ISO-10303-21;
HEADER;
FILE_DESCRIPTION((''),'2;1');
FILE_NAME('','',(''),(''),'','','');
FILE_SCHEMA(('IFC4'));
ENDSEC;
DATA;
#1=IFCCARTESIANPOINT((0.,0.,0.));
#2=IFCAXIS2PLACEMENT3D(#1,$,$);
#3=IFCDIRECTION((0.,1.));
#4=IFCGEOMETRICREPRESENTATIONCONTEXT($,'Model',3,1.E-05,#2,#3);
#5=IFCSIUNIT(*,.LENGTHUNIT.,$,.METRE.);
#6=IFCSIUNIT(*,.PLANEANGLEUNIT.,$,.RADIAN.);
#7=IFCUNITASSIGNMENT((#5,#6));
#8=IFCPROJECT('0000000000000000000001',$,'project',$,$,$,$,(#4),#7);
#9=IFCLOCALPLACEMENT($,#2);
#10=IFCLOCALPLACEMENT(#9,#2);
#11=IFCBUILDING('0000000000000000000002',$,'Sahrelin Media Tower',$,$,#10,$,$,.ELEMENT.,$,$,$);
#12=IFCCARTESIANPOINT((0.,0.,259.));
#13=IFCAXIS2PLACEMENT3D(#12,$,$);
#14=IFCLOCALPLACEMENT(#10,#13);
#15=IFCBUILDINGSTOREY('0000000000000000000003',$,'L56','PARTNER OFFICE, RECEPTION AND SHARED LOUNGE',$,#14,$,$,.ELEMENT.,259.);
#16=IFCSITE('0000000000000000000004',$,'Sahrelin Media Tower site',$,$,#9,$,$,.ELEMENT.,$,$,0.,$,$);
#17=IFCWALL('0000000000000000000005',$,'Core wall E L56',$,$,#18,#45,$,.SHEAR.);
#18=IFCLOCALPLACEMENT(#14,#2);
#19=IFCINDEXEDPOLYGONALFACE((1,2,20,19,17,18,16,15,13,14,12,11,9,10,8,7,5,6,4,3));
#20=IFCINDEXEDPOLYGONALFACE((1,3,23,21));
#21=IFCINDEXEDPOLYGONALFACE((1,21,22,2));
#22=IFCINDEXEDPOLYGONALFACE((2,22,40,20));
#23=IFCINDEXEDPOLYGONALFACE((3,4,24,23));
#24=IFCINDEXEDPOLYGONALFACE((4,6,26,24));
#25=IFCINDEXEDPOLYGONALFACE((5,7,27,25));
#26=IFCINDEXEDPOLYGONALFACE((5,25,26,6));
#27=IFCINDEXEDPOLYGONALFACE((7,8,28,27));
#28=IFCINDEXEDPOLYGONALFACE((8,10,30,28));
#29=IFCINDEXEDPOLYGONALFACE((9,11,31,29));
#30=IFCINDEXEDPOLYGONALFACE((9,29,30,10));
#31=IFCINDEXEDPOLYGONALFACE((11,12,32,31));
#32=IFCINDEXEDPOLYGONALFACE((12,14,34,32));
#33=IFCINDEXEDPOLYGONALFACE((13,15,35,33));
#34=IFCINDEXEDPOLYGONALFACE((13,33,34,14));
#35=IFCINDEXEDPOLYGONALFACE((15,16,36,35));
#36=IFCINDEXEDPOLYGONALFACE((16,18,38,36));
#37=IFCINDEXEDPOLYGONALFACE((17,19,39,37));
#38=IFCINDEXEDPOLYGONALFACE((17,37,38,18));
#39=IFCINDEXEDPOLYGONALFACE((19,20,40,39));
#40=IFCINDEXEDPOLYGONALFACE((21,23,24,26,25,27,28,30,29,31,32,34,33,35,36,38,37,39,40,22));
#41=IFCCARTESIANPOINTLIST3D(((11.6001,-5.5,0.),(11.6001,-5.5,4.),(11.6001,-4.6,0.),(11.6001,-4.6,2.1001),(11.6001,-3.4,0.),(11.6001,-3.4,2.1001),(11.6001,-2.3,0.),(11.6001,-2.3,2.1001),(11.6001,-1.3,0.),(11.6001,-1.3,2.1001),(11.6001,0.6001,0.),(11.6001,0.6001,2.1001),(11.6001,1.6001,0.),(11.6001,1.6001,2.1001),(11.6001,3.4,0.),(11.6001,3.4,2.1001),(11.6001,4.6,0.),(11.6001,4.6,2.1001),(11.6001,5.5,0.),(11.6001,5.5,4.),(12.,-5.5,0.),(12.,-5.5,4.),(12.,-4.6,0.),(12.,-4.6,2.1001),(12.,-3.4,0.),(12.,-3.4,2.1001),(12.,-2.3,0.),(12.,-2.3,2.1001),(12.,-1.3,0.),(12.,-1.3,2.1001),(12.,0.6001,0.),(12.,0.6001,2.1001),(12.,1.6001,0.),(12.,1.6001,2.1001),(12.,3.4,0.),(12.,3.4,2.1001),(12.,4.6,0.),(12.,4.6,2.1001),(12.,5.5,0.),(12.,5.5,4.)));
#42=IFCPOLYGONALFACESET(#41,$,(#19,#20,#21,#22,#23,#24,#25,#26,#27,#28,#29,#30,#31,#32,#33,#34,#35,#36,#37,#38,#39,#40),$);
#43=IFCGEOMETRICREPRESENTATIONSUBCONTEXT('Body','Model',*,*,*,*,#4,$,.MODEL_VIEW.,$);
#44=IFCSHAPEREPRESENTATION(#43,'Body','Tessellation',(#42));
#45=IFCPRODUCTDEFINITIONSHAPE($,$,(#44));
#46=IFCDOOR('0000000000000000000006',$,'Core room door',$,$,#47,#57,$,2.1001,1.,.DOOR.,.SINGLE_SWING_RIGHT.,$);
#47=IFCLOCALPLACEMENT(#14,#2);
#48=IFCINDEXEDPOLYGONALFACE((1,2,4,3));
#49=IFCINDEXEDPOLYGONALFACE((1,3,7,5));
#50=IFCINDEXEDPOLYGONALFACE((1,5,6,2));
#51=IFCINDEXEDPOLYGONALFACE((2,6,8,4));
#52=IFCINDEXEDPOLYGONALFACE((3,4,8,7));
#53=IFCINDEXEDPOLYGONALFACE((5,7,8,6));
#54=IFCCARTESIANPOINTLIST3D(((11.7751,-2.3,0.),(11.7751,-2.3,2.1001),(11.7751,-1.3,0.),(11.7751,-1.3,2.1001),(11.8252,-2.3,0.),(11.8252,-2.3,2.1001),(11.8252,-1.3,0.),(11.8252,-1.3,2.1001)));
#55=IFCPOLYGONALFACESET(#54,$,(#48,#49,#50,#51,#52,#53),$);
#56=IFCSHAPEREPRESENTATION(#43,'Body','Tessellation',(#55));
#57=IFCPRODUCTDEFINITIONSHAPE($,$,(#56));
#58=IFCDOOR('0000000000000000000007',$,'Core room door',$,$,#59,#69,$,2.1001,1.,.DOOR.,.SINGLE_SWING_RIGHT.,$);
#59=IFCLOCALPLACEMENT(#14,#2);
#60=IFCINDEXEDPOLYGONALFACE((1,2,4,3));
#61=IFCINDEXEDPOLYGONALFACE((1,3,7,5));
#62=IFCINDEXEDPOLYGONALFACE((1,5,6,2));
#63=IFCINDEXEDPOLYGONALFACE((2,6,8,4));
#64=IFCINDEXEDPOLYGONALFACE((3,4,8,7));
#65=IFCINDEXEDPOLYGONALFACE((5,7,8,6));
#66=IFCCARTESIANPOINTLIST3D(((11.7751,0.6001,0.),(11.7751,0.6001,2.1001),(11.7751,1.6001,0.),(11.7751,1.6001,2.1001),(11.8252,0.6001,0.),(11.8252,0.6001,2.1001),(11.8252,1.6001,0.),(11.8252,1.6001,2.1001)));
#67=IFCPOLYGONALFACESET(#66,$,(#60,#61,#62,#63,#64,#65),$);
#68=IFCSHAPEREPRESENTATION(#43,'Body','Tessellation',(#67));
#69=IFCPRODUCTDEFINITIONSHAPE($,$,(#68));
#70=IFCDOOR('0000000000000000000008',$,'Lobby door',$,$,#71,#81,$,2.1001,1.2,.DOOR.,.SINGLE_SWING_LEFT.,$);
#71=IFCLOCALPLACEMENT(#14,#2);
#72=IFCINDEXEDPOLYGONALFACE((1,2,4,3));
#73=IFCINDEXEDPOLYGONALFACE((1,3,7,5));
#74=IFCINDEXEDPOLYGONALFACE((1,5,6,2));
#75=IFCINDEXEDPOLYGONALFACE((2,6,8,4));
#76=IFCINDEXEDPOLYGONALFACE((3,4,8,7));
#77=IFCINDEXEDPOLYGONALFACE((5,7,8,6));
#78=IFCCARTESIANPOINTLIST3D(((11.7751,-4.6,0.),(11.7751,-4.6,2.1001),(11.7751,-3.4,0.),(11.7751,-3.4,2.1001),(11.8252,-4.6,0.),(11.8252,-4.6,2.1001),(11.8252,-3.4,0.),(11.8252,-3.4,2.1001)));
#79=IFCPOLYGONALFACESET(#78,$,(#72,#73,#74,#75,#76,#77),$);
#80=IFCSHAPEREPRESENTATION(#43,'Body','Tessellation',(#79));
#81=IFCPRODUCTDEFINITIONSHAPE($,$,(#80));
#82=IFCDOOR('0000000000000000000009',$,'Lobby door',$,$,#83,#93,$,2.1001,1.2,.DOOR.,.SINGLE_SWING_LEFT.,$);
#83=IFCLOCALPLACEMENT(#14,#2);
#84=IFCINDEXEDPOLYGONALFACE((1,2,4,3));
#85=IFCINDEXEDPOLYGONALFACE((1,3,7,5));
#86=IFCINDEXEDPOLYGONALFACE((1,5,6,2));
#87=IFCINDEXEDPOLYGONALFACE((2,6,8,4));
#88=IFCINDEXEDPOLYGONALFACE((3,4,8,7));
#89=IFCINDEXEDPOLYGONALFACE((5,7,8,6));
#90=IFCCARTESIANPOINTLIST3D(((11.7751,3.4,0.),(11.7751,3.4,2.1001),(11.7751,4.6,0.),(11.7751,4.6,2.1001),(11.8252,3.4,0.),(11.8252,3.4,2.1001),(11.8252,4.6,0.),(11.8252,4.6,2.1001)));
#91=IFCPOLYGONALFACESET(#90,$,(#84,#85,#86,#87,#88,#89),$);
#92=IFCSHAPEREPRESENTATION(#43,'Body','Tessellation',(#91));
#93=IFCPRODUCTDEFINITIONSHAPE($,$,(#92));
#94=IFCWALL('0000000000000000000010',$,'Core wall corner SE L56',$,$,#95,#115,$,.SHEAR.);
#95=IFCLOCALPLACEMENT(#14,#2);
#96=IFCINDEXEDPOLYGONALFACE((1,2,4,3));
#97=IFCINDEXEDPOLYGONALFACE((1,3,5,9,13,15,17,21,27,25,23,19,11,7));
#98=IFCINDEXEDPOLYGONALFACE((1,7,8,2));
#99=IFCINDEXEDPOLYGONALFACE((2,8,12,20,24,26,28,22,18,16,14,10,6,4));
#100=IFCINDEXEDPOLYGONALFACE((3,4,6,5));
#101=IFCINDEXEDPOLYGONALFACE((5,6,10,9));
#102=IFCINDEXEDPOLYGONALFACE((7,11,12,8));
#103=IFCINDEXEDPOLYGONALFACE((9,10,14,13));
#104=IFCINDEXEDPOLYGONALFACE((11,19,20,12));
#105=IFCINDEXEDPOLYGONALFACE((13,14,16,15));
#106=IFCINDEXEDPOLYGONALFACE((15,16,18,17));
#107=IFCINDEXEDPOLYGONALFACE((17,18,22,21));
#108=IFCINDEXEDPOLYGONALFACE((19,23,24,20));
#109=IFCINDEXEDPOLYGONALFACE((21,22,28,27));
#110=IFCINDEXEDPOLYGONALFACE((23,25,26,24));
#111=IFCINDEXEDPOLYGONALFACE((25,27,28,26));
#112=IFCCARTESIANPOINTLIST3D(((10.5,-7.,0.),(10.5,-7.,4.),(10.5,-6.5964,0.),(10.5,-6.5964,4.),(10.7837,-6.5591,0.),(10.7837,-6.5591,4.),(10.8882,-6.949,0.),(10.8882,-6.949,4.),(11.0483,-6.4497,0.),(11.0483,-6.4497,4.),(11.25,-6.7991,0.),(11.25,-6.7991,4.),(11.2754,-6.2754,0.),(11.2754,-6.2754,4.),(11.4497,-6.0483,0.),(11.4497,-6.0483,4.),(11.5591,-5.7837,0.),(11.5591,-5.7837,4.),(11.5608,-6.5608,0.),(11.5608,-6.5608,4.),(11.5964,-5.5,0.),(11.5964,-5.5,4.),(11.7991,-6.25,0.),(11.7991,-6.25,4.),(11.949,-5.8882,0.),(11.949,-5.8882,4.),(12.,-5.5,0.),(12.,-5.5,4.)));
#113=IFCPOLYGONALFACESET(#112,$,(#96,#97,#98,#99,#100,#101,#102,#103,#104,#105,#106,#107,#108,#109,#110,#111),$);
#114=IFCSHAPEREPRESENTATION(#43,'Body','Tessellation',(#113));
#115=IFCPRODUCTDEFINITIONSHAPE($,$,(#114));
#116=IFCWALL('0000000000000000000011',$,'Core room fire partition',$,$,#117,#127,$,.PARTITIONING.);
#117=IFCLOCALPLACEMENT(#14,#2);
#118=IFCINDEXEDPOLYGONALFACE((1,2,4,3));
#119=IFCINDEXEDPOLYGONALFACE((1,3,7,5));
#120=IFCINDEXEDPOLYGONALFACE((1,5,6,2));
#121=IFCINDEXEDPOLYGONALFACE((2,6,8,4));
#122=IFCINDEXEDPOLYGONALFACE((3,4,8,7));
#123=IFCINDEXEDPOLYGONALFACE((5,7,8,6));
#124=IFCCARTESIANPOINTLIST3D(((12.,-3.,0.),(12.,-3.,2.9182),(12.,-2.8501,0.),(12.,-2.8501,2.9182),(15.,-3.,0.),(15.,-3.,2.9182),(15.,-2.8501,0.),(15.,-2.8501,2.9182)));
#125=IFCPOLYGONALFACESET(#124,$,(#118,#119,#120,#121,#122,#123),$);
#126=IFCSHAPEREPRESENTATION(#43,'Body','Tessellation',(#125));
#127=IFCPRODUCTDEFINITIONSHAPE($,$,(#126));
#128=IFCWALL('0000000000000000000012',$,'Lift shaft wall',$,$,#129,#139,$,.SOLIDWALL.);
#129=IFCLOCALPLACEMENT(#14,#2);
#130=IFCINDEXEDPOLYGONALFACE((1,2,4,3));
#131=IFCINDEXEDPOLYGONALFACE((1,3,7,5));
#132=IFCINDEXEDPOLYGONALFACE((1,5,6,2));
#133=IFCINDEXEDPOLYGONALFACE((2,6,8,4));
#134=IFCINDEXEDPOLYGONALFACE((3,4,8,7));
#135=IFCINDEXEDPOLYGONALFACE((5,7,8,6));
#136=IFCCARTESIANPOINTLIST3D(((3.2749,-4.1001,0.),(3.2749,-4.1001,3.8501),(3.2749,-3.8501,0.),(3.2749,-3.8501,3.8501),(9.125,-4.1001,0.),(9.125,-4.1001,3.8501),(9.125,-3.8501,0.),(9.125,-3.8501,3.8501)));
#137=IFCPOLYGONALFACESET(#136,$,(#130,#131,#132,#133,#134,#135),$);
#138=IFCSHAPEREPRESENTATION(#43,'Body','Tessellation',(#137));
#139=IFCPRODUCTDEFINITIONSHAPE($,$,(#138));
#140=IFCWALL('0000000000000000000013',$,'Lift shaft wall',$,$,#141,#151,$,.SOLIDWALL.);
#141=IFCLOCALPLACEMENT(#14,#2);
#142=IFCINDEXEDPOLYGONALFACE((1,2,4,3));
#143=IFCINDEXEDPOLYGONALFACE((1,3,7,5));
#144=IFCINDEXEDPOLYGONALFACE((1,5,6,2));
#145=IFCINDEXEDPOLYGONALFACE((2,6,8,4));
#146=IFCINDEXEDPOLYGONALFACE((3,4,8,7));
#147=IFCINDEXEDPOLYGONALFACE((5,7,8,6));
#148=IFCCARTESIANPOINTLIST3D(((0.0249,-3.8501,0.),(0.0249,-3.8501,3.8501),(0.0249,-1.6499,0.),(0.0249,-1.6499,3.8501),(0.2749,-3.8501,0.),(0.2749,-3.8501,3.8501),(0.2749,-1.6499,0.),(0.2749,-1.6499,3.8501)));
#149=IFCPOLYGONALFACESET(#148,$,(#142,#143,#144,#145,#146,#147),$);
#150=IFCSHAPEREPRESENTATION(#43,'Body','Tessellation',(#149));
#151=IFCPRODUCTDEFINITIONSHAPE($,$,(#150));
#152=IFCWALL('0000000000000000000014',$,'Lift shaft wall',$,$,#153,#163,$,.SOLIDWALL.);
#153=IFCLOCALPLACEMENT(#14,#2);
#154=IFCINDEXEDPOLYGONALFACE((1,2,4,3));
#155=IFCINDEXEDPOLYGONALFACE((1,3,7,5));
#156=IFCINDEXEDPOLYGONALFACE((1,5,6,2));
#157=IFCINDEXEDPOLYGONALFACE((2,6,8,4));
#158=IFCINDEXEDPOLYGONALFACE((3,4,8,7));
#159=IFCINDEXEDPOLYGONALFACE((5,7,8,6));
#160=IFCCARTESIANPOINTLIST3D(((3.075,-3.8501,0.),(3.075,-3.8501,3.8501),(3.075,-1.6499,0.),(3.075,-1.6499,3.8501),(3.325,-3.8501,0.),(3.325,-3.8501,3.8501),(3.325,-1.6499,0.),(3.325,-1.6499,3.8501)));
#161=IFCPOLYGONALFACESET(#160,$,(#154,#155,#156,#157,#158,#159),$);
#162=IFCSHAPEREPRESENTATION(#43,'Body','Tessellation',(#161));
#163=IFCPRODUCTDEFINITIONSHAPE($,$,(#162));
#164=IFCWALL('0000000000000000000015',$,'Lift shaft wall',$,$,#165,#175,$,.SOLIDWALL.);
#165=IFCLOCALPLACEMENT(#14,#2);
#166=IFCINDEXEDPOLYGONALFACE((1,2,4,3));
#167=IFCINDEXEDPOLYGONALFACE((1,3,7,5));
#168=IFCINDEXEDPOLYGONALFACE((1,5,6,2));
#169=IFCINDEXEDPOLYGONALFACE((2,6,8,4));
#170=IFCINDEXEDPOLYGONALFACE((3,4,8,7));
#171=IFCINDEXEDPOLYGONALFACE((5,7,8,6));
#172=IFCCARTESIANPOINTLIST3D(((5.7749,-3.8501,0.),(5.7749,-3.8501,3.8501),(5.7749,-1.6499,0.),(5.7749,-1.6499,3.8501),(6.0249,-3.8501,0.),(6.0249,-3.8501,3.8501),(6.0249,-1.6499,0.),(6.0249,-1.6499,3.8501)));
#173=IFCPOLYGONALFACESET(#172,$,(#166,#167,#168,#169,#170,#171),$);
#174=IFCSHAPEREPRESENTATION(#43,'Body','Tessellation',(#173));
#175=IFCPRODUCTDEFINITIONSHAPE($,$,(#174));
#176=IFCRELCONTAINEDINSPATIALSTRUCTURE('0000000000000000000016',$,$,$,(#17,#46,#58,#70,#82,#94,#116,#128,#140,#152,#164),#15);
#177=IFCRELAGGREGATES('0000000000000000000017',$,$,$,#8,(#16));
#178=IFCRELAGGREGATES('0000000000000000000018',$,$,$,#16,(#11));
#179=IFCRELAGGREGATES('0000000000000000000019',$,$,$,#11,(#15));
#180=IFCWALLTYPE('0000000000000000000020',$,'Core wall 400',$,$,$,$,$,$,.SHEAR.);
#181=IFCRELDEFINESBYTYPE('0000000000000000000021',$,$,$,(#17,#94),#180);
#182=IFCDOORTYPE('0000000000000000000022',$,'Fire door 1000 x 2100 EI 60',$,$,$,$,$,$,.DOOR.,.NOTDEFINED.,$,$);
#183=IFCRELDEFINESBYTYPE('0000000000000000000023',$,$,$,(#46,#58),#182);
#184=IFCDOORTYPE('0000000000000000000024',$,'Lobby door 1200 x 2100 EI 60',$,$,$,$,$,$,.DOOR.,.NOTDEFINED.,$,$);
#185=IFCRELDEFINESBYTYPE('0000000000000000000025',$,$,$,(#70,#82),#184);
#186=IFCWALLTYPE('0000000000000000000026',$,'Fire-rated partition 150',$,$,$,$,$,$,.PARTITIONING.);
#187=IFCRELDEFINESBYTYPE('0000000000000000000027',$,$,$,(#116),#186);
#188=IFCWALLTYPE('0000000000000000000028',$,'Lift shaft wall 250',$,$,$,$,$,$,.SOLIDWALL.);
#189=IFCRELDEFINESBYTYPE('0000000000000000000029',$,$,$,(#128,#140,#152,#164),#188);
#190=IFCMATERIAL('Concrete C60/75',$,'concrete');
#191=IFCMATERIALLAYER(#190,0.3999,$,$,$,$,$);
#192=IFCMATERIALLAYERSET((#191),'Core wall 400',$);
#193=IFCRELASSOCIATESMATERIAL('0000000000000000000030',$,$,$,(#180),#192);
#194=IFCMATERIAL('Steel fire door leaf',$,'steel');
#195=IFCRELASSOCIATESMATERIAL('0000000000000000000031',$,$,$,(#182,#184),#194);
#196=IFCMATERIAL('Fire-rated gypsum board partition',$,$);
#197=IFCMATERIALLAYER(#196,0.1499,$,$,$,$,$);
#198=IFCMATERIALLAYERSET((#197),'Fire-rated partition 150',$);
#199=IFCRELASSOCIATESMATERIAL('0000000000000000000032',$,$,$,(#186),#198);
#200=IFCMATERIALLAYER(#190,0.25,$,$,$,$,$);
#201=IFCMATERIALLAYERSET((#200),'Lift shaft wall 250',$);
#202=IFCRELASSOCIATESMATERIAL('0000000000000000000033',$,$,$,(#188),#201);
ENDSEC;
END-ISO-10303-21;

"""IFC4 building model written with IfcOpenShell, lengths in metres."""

from ifc_helpers import new_model, si_unit, direction, frame, frame_2d, origin, place, context, subcontext, project, spatial, polyline, rectangle, outline, extrude, material, layer, layer_set, type_object, element, fill, save


model = new_model("IFC4")

# Units and contexts
model_context = context("Model", 3, precision=1e-05, world=origin(), true_north=direction((0.0, 1.0)))
body_context = subcontext(model_context, "Body", "Model", "MODEL_VIEW")
ifc_project = project(units=[si_unit("LENGTHUNIT", "METRE"), si_unit("PLANEANGLEUNIT", "RADIAN")], contexts=[model_context])

# Site, building, storey
site_placement = place(None, origin())
site = spatial("IfcSite", under=ifc_project, at=site_placement, Name="Sahrelin Media Tower site", CompositionType="ELEMENT", RefElevation=0.0)
building_placement = place(site_placement, origin())
building = spatial("IfcBuilding", under=site, at=building_placement, Name="Sahrelin Media Tower", CompositionType="ELEMENT")
storey_placement = place(building_placement, frame((0.0, 0.0, 259.0)))
storey = spatial("IfcBuildingStorey", under=building, at=storey_placement, Name="L56", Description="PARTNER OFFICE, RECEPTION AND SHARED LOUNGE", CompositionType="ELEMENT", Elevation=259.0)

# Shared definitions
placement_1 = place(storey_placement, origin())

# Wall, openings, doors
ifc_material_1 = material(Name="Concrete C60/75", Category="concrete")
ifc_layer_1 = layer(ifc_material_1, 0.3999)
ifc_layer_set_1 = layer_set([ifc_layer_1], Name="Core wall 400")
wall_type_1 = type_object("IfcWallType", Name="Core wall 400", PredefinedType="SHEAR", material=ifc_layer_set_1)
wall_1_placement = place(storey_placement, frame((11.8, -5.5, 0.0), z_axis=(0.0, 0.0, 1.0), x_axis=(0.0, 1.0, 0.0)))
wall_1 = element("IfcWall", 1, at=wall_1_placement, inside=storey, type_object=wall_type_1, Name="Core wall E L56", PredefinedType="SHEAR", context=body_context, shape_type="SweptSolid", body=[
    extrude(rectangle(XDim=11.0, YDim=0.3999, at=frame_2d((5.5, 0.0))), origin(), (0.0, 0.0, 1.0), 4.0),
])
opening_1_placement = place(wall_1_placement, frame((3.2, 0.0, 0.0)))
opening_1 = element("IfcOpeningElement", 2, at=opening_1_placement, cuts=wall_1, PredefinedType="OPENING", context=body_context, shape_type="SweptSolid", body=[
    extrude(rectangle(XDim=1.0, YDim=2.1001, at=frame_2d((0.5, 1.05))), frame((0.0, 0.2, 0.0), z_axis=(0.0, -1.0, 0.0), x_axis=(1.0, 0.0, 0.0)), (0.0, 0.0, 1.0), 0.3999),
])
opening_2_placement = place(wall_1_placement, frame((6.1001, 0.0, 0.0)))
opening_2 = element("IfcOpeningElement", 3, at=opening_2_placement, cuts=wall_1, PredefinedType="OPENING", context=body_context, shape_type="SweptSolid", body=[
    extrude(rectangle(XDim=1.0, YDim=2.1001, at=frame_2d((0.5, 1.05))), frame((0.0, 0.2, 0.0), z_axis=(0.0, -1.0, 0.0), x_axis=(1.0, 0.0, 0.0)), (0.0, 0.0, 1.0), 0.3999),
])
opening_3_placement = place(wall_1_placement, frame((0.8999, 0.0, 0.0)))
opening_3 = element("IfcOpeningElement", 4, at=opening_3_placement, cuts=wall_1, PredefinedType="OPENING", context=body_context, shape_type="SweptSolid", body=[
    extrude(rectangle(XDim=1.2, YDim=2.1001, at=frame_2d((0.6001, 1.05))), frame((0.0, 0.2, 0.0), z_axis=(0.0, -1.0, 0.0), x_axis=(1.0, 0.0, 0.0)), (0.0, 0.0, 1.0), 0.3999),
])
opening_4_placement = place(wall_1_placement, frame((8.8999, 0.0, 0.0)))
opening_4 = element("IfcOpeningElement", 5, at=opening_4_placement, cuts=wall_1, PredefinedType="OPENING", context=body_context, shape_type="SweptSolid", body=[
    extrude(rectangle(XDim=1.2, YDim=2.1001, at=frame_2d((0.6001, 1.05))), frame((0.0, 0.2, 0.0), z_axis=(0.0, -1.0, 0.0), x_axis=(1.0, 0.0, 0.0)), (0.0, 0.0, 1.0), 0.3999),
])
ifc_material_2 = material(Name="Steel fire door leaf", Category="steel")
door_type_1 = type_object("IfcDoorType", Name="Fire door 1000 x 2100 EI 60", OperationType="NOTDEFINED", PredefinedType="DOOR", material=ifc_material_2)
door_1_placement = place(opening_1_placement, origin())
door_1 = element("IfcDoor", 6, at=door_1_placement, inside=storey, type_object=door_type_1, Name="Core room door", OperationType="SINGLE_SWING_RIGHT", OverallHeight=2.1001, OverallWidth=1.0, PredefinedType="DOOR", context=body_context, shape_type="SweptSolid", body=[
    extrude(rectangle(XDim=1.0, YDim=2.1001, at=frame_2d((0.5, 1.05))), frame((0.0, 0.0249, 0.0), z_axis=(0.0, -1.0, 0.0), x_axis=(1.0, 0.0, 0.0)), (0.0, 0.0, 1.0), 0.05),
])
fill(opening_1, door_1)
door_2_placement = place(opening_2_placement, origin())
door_2 = element("IfcDoor", 7, at=door_2_placement, inside=storey, type_object=door_type_1, Name="Core room door", OperationType="SINGLE_SWING_RIGHT", OverallHeight=2.1001, OverallWidth=1.0, PredefinedType="DOOR", context=body_context, shape_type="SweptSolid", body=[
    extrude(rectangle(XDim=1.0, YDim=2.1001, at=frame_2d((0.5, 1.05))), frame((0.0, 0.0249, 0.0), z_axis=(0.0, -1.0, 0.0), x_axis=(1.0, 0.0, 0.0)), (0.0, 0.0, 1.0), 0.05),
])
fill(opening_2, door_2)
door_type_2 = type_object("IfcDoorType", Name="Lobby door 1200 x 2100 EI 60", OperationType="NOTDEFINED", PredefinedType="DOOR", material=ifc_material_2)
door_3_placement = place(opening_3_placement, origin())
door_3 = element("IfcDoor", 8, at=door_3_placement, inside=storey, type_object=door_type_2, Name="Lobby door", OperationType="SINGLE_SWING_LEFT", OverallHeight=2.1001, OverallWidth=1.2, PredefinedType="DOOR", context=body_context, shape_type="SweptSolid", body=[
    extrude(rectangle(XDim=1.2, YDim=2.1001, at=frame_2d((0.6001, 1.05))), frame((0.0, 0.0249, 0.0), z_axis=(0.0, -1.0, 0.0), x_axis=(1.0, 0.0, 0.0)), (0.0, 0.0, 1.0), 0.05),
])
fill(opening_3, door_3)
door_4_placement = place(opening_4_placement, origin())
door_4 = element("IfcDoor", 9, at=door_4_placement, inside=storey, type_object=door_type_2, Name="Lobby door", OperationType="SINGLE_SWING_LEFT", OverallHeight=2.1001, OverallWidth=1.2, PredefinedType="DOOR", context=body_context, shape_type="SweptSolid", body=[
    extrude(rectangle(XDim=1.2, YDim=2.1001, at=frame_2d((0.6001, 1.05))), frame((0.0, 0.0249, 0.0), z_axis=(0.0, -1.0, 0.0), x_axis=(1.0, 0.0, 0.0)), (0.0, 0.0, 1.0), 0.05),
])
fill(opening_4, door_4)

# Walls
element("IfcWall", 10, at=placement_1, inside=storey, type_object=wall_type_1, Name="Core wall corner SE L56", PredefinedType="SHEAR", context=body_context, shape_type="SweptSolid", body=[
    extrude(outline(polyline([(12.0, -5.5), (11.5964, -5.5), (11.5591, -5.7837), (11.4497, -6.0483), (11.2754, -6.2754), (11.0483, -6.4497), (10.7837, -6.5591), (10.5, -6.5964), (10.5, -7.0), (10.8882, -6.949), (11.25, -6.7991), (11.5608, -6.5608), (11.7991, -6.25), (11.949, -5.8882), (12.0, -5.5)])), origin(), (0.0, 0.0, 1.0), 4.0),
])
ifc_material_3 = material(Name="Fire-rated gypsum board partition")
ifc_layer_2 = layer(ifc_material_3, 0.1499)
ifc_layer_set_2 = layer_set([ifc_layer_2], Name="Fire-rated partition 150")
wall_type_2 = type_object("IfcWallType", Name="Fire-rated partition 150", PredefinedType="PARTITIONING", material=ifc_layer_set_2)
wall_2_placement = place(storey_placement, frame((12.0, -2.925, 0.0), z_axis=(0.0, 0.0, 1.0), x_axis=(1.0, 0.0, 0.0)))
element("IfcWall", 11, at=wall_2_placement, inside=storey, type_object=wall_type_2, Name="Core room fire partition", PredefinedType="PARTITIONING", context=body_context, shape_type="SweptSolid", body=[
    extrude(rectangle(XDim=3.0, YDim=0.1499, at=frame_2d((1.5, 0.0))), origin(), (0.0, 0.0, 1.0), 2.9182),
])
ifc_layer_3 = layer(ifc_material_1, 0.25)
ifc_layer_set_3 = layer_set([ifc_layer_3], Name="Lift shaft wall 250")
wall_type_3 = type_object("IfcWallType", Name="Lift shaft wall 250", PredefinedType="SOLIDWALL", material=ifc_layer_set_3)
wall_3_placement = place(storey_placement, frame((3.2749, -3.9751, 0.0), z_axis=(0.0, 0.0, 1.0), x_axis=(1.0, 0.0, 0.0)))
element("IfcWall", 12, at=wall_3_placement, inside=storey, type_object=wall_type_3, Name="Lift shaft wall", PredefinedType="SOLIDWALL", context=body_context, shape_type="SweptSolid", body=[
    extrude(rectangle(XDim=5.8501, YDim=0.25, at=frame_2d((2.925, 0.0))), origin(), (0.0, 0.0, 1.0), 3.8501),
])
for number, where, z_axis, x_axis, name in (
    (13, (0.1499, -3.8501, 0.0), (0.0, 0.0, 1.0), (0.0, 1.0, 0.0), "Lift shaft wall"),
    (14, (3.2, -3.8501, 0.0), (0.0, 0.0, 1.0), (0.0, 1.0, 0.0), "Lift shaft wall"),
    (15, (5.8999, -3.8501, 0.0), (0.0, 0.0, 1.0), (0.0, 1.0, 0.0), "Lift shaft wall"),
):
    element("IfcWall", number, at=place(storey_placement, frame(where, z_axis=z_axis, x_axis=x_axis)), inside=storey, type_object=wall_type_3, Name=name, PredefinedType="SOLIDWALL", context=body_context, shape_type="SweptSolid", body=[
        extrude(rectangle(XDim=2.2002, YDim=0.25, at=frame_2d((1.1001, 0.0))), origin(), (0.0, 0.0, 1.0), 3.8501),
    ])

save(model, "model.ifc")
